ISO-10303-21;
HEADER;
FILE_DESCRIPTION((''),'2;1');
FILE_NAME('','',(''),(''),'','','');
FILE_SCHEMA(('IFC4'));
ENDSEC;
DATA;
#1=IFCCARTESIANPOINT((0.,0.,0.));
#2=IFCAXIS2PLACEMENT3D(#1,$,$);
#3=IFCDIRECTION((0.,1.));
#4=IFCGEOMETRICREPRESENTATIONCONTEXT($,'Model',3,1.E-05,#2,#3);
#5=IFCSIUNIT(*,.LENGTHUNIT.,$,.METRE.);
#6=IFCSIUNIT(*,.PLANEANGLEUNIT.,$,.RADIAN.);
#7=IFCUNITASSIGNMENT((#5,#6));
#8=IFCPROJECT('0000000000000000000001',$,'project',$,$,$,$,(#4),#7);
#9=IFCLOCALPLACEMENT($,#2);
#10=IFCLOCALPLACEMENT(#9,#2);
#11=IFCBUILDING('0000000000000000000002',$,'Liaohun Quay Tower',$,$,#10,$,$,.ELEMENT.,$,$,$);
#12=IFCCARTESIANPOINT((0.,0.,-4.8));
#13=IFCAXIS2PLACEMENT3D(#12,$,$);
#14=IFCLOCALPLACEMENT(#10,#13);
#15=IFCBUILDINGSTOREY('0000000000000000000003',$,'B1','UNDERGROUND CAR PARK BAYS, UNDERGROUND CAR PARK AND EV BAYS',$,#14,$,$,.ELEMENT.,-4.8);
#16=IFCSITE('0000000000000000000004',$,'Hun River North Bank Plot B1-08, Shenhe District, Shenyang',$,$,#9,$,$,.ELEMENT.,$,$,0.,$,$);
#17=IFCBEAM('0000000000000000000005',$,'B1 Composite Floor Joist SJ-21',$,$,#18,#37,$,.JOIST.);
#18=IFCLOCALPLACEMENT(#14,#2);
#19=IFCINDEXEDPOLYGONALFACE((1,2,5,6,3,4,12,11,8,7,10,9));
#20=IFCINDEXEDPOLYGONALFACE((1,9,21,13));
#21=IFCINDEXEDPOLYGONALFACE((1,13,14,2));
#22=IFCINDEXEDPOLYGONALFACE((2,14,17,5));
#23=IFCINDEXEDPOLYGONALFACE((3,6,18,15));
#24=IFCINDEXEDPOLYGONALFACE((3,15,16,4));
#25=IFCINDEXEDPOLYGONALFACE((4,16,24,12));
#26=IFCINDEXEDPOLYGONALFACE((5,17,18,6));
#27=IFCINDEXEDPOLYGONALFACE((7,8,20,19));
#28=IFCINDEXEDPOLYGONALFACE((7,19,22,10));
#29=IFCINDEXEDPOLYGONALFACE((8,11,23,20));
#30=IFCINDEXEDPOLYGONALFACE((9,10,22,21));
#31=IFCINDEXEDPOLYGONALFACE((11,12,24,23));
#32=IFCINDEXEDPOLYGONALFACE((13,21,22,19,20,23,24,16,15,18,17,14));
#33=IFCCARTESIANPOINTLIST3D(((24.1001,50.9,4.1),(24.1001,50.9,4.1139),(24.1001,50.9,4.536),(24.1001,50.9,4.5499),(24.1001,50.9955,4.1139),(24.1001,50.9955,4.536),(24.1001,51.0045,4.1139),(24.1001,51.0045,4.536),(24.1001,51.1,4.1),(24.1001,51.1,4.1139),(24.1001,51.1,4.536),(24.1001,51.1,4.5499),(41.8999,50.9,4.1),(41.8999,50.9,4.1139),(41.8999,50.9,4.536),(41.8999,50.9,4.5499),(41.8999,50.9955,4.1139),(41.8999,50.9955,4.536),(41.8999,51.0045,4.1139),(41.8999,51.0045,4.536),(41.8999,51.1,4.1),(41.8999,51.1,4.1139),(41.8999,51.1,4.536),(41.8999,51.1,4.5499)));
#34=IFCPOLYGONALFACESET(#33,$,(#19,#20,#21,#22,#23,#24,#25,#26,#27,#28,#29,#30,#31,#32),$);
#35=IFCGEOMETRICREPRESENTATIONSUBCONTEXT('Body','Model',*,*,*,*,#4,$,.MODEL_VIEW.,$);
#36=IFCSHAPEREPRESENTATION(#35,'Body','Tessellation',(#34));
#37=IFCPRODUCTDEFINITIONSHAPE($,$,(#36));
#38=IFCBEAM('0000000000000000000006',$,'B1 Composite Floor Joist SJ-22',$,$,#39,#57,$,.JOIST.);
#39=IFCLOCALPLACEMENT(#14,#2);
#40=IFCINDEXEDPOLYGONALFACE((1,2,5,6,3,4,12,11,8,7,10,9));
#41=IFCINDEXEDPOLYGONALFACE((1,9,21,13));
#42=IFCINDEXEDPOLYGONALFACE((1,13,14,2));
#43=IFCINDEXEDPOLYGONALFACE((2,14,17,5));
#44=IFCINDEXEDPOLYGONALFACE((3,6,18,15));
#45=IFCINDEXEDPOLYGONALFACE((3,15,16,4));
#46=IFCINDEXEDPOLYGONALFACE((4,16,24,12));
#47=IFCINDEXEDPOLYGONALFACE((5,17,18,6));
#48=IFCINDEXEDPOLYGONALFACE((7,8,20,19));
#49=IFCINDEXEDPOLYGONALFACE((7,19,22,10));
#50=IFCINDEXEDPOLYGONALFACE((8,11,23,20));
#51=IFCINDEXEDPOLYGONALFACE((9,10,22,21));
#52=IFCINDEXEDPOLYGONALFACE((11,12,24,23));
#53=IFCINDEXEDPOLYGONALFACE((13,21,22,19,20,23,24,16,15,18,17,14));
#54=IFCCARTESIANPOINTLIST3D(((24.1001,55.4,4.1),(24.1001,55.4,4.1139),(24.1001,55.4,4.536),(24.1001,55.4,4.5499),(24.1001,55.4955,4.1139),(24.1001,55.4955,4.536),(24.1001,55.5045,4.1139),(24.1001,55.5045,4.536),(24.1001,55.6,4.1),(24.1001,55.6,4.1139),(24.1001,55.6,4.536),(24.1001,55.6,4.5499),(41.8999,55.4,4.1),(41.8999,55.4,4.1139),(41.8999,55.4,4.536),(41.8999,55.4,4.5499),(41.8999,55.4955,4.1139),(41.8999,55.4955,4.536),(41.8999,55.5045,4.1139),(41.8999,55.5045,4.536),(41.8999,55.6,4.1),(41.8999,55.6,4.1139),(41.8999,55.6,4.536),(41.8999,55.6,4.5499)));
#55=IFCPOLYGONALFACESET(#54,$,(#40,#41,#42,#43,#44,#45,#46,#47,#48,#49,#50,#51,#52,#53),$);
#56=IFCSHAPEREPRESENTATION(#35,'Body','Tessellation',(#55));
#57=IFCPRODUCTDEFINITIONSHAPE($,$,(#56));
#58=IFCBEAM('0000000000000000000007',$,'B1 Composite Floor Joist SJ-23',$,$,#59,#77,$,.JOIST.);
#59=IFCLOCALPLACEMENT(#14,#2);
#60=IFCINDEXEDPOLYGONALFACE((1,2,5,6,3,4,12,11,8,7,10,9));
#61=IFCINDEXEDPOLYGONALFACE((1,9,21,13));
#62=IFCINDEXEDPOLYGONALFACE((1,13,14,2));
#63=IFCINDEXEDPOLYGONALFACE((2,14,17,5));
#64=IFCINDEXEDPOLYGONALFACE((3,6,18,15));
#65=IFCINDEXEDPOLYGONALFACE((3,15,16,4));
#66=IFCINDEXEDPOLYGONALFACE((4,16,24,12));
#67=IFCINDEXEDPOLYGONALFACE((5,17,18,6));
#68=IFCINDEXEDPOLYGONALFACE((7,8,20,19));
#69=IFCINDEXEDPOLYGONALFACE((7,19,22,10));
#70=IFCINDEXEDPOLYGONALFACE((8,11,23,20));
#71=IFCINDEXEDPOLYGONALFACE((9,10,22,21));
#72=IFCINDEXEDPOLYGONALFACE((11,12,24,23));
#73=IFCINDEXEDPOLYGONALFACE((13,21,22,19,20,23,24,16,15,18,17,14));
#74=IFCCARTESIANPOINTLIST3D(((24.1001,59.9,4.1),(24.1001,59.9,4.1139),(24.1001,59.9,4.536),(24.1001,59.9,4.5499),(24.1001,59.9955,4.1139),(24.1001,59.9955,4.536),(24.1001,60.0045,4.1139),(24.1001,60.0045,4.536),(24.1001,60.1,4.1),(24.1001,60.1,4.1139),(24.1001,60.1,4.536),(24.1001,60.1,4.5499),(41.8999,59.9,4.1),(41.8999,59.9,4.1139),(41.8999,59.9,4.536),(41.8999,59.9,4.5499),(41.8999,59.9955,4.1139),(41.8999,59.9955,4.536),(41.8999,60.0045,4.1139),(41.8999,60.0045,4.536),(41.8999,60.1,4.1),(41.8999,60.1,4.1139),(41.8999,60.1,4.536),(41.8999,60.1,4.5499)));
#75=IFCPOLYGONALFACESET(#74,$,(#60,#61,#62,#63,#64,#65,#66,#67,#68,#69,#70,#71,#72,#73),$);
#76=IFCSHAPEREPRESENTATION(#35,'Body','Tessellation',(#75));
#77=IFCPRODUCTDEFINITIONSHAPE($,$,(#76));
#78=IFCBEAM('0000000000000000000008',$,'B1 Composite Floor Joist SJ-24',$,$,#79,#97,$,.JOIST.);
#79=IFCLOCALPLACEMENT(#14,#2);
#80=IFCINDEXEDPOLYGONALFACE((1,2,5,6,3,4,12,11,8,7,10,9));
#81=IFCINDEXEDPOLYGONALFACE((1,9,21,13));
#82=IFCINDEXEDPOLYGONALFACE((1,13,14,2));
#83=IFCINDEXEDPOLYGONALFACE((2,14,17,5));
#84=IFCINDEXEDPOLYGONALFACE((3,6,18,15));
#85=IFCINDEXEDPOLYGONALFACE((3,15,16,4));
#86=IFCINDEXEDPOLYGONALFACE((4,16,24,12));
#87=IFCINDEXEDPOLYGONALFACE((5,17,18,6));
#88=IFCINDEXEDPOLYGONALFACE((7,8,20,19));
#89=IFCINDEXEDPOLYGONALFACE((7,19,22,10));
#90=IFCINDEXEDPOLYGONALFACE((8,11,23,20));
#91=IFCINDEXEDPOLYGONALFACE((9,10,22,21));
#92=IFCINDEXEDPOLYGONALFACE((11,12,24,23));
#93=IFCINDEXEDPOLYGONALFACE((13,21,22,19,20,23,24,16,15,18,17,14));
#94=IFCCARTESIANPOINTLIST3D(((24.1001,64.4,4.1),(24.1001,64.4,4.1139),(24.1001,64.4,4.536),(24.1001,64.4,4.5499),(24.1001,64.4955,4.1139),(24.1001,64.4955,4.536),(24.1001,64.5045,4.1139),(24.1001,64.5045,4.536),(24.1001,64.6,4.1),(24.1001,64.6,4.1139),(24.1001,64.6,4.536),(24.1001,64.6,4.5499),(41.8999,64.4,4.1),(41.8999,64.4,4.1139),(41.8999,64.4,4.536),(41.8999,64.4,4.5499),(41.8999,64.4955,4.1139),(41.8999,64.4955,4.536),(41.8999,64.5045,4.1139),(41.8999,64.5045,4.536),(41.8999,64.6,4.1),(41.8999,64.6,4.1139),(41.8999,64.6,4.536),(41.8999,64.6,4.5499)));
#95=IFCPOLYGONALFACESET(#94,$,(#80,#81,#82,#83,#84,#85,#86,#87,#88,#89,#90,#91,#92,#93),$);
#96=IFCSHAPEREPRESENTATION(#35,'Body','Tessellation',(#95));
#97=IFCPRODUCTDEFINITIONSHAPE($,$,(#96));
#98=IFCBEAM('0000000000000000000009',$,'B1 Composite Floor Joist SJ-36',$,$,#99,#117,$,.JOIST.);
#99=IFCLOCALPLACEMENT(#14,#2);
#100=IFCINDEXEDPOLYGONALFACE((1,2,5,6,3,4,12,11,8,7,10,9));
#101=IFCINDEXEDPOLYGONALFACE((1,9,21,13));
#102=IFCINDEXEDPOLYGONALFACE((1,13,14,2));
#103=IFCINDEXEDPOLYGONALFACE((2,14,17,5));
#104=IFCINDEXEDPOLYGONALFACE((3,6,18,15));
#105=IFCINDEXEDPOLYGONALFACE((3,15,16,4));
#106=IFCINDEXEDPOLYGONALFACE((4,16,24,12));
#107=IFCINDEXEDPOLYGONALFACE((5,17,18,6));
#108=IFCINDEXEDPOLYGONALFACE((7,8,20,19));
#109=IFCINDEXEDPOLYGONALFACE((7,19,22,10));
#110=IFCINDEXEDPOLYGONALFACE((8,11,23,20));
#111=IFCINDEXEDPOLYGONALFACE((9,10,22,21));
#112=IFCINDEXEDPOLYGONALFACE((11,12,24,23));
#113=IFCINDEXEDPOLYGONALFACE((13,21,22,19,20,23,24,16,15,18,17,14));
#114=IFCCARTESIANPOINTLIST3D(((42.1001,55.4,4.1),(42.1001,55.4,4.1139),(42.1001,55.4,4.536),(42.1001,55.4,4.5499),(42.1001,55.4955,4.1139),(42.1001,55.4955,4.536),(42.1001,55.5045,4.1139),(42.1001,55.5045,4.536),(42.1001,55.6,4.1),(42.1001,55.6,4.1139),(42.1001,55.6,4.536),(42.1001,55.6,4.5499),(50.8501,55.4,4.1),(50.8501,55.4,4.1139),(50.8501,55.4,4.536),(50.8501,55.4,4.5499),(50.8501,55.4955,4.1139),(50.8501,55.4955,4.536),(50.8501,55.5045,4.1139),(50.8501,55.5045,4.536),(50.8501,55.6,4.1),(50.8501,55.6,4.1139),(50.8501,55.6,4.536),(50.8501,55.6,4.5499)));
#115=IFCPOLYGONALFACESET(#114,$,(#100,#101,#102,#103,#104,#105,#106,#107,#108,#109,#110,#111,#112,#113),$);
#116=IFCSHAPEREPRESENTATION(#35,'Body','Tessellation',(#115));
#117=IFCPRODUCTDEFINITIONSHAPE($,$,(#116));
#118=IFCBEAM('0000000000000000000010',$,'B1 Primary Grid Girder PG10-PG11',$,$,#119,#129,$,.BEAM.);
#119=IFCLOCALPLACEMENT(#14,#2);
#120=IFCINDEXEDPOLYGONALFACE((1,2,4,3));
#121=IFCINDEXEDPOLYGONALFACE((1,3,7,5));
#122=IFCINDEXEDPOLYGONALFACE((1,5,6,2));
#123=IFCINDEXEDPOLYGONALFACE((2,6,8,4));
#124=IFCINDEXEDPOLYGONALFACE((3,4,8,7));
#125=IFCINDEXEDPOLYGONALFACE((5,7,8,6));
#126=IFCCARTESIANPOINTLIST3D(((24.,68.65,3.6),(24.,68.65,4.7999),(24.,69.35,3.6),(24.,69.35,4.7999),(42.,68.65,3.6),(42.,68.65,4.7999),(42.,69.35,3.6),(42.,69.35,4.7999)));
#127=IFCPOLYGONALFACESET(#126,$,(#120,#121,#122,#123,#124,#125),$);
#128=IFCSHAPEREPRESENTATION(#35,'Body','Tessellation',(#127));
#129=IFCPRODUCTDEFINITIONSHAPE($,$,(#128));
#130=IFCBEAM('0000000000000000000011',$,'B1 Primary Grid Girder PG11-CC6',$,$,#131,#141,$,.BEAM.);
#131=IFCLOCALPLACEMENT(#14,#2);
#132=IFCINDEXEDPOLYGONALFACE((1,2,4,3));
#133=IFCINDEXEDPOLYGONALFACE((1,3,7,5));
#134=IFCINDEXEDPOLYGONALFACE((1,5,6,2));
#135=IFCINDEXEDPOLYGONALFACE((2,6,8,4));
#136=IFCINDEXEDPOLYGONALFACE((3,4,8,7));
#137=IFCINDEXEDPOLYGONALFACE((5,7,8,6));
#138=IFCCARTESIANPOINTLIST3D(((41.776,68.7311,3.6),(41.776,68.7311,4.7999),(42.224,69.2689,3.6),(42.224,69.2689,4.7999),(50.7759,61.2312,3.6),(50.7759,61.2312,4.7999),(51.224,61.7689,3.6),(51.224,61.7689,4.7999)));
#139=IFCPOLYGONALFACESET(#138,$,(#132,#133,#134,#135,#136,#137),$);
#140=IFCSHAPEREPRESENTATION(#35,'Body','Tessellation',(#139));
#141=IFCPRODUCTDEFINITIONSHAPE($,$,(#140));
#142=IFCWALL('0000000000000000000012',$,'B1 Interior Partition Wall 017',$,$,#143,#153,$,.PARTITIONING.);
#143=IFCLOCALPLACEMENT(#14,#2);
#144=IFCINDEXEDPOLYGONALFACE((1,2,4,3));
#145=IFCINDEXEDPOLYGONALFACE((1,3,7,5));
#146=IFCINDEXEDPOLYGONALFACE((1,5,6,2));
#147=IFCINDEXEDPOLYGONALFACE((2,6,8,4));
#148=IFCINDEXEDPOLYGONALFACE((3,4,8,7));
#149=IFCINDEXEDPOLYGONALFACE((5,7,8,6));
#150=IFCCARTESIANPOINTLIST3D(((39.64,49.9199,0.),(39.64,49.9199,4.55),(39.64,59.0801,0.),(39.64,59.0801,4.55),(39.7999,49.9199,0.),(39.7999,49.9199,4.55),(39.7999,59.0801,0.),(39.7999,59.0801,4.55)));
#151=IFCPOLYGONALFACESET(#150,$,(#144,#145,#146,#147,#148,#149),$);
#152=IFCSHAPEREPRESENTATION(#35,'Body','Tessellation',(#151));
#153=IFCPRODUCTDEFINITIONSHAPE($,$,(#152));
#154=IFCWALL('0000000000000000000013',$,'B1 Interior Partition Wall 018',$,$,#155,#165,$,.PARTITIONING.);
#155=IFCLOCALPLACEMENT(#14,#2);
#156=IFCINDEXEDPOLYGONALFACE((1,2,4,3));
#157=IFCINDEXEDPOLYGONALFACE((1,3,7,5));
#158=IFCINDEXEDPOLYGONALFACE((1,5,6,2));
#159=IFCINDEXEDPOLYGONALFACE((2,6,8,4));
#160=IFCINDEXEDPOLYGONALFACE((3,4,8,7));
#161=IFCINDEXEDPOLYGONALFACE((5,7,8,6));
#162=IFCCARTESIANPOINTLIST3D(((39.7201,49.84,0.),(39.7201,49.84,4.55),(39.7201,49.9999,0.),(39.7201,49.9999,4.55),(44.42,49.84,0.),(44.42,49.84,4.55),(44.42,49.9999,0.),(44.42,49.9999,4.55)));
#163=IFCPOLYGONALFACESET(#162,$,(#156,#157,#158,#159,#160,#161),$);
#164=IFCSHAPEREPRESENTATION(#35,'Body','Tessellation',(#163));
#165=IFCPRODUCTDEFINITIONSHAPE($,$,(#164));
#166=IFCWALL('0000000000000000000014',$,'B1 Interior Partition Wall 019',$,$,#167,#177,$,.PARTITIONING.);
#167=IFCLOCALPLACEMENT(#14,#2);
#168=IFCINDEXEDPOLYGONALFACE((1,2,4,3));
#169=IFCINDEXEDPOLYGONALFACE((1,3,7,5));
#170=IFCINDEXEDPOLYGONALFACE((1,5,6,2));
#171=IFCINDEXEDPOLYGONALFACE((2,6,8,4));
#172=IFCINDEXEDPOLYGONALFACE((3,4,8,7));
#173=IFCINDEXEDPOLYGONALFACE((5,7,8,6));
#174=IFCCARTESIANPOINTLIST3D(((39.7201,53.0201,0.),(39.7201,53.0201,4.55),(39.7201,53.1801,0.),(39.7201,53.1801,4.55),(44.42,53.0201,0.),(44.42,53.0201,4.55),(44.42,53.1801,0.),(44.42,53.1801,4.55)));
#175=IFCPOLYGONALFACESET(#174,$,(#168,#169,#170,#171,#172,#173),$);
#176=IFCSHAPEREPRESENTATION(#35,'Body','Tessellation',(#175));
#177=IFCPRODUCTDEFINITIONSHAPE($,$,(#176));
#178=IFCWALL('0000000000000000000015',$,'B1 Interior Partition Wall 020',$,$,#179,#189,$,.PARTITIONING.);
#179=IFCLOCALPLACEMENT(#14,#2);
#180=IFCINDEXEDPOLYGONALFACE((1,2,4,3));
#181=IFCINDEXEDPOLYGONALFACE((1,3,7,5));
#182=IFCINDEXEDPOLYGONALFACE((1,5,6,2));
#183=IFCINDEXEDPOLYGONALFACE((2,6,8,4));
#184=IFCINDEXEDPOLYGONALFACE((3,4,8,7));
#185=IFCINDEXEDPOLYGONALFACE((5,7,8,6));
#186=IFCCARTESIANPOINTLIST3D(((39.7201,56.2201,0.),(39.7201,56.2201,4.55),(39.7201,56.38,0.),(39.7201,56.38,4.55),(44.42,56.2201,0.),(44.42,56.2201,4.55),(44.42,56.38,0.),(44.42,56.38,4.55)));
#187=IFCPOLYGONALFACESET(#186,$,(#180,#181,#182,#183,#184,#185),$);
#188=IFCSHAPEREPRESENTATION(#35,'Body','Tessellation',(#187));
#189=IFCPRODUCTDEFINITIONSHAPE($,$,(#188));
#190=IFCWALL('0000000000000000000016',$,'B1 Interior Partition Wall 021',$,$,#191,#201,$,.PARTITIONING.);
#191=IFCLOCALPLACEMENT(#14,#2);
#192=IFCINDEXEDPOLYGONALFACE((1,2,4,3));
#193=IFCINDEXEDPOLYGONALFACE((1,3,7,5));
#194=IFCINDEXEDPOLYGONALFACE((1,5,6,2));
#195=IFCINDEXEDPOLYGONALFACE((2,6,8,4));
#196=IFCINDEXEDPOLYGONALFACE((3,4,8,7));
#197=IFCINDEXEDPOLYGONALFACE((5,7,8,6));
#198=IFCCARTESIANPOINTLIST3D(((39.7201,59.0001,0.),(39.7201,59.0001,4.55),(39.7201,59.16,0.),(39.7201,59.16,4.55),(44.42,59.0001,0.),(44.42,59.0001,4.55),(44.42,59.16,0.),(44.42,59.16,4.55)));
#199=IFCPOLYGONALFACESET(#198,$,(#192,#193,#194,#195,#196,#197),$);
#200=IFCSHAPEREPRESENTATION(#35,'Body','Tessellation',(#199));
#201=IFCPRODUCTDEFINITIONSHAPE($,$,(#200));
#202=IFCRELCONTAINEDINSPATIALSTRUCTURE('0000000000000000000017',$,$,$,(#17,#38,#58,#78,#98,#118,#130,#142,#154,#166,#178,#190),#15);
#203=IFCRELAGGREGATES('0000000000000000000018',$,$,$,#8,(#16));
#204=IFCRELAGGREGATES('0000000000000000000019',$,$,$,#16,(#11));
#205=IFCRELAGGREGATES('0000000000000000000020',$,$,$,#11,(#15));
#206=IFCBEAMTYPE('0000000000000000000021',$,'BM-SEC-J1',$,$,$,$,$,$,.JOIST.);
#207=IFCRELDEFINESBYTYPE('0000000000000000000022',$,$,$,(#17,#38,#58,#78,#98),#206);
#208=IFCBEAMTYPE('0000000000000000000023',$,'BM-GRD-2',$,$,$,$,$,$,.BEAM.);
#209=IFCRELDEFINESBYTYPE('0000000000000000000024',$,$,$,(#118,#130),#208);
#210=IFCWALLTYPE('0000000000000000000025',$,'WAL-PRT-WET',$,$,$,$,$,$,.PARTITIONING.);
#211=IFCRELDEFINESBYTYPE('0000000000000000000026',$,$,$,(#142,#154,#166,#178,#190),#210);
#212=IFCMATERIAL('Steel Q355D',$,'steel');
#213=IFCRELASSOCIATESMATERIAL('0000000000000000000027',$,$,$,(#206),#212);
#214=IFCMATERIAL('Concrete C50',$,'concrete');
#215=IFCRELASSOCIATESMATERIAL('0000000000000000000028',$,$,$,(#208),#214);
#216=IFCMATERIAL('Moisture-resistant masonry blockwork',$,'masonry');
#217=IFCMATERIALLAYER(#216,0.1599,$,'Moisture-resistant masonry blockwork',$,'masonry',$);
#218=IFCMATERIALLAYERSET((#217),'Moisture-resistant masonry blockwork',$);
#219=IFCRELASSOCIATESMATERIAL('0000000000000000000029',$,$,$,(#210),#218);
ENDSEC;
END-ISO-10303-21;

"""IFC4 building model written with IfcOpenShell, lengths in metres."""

from ifc_helpers import new_model, si_unit, direction, frame, frame_2d, origin, origin_2d, place, context, subcontext, project, spatial, rectangle, i_section, extrude, source, transform, mapped, material, layer, layer_set, material_profile, profile_set, type_object, element, save


model = new_model("IFC4")

# Units and contexts
model_context = context("Model", 3, precision=1e-05, world=origin(), true_north=direction((0.0, 1.0)))
body_context = subcontext(model_context, "Body", "Model", "MODEL_VIEW")
ifc_project = project(units=[si_unit("LENGTHUNIT", "METRE"), si_unit("PLANEANGLEUNIT", "RADIAN")], contexts=[model_context])

# Site, building, storey
site_placement = place(None, origin())
site = spatial("IfcSite", under=ifc_project, at=site_placement, Name="Hun River North Bank Plot B1-08, Shenhe District, Shenyang", CompositionType="ELEMENT", RefElevation=0.0)
building_placement = place(site_placement, origin())
building = spatial("IfcBuilding", under=site, at=building_placement, Name="Liaohun Quay Tower", CompositionType="ELEMENT")
storey_placement = place(building_placement, frame((0.0, 0.0, -4.8)))
storey = spatial("IfcBuildingStorey", under=building, at=storey_placement, Name="B1", Description="UNDERGROUND CAR PARK BAYS, UNDERGROUND CAR PARK AND EV BAYS", CompositionType="ELEMENT", Elevation=-4.8)

# Beams
ifc_material_1 = material(Name="Steel Q355D", Category="steel")
ifc_material_profile_1 = material_profile(ifc_material_1, i_section(OverallWidth=0.2, OverallDepth=0.45, WebThickness=0.009, FlangeThickness=0.0139, at=origin_2d()), Name="HN450x200x9x14")
ifc_profile_set_1 = profile_set([ifc_material_profile_1], Name="Steel Q355D")
beam_type_1 = type_object("IfcBeamType", Name="BM-SEC-J1", PredefinedType="JOIST", material=ifc_profile_set_1)
shared_shape_1 = source(origin(), body_context, "Body", "SweptSolid", [
    extrude(i_section(OverallWidth=0.2, OverallDepth=0.45, WebThickness=0.009, FlangeThickness=0.0139, at=origin_2d()), origin(), (0.0, 0.0, 1.0), 17.7998),
])
for number, where, z_axis, x_axis, name in (
    (1, (24.1001, 51.0, 4.325), (1.0, 0.0, 0.0), (0.0, 1.0, 0.0), "B1 Composite Floor Joist SJ-21"),
    (2, (24.1001, 55.5, 4.325), (1.0, 0.0, 0.0), (0.0, 1.0, 0.0), "B1 Composite Floor Joist SJ-22"),
    (3, (24.1001, 60.0, 4.325), (1.0, 0.0, 0.0), (0.0, 1.0, 0.0), "B1 Composite Floor Joist SJ-23"),
    (4, (24.1001, 64.5, 4.325), (1.0, 0.0, 0.0), (0.0, 1.0, 0.0), "B1 Composite Floor Joist SJ-24"),
):
    element("IfcBeam", number, at=place(storey_placement, frame(where, z_axis=z_axis, x_axis=x_axis)), inside=storey, type_object=beam_type_1, Name=name, PredefinedType="JOIST", context=body_context, shape_type="MappedRepresentation", body=[
        mapped(shared_shape_1, transform((0.0, 0.0, 0.0), x_axis=(1.0, 0.0, 0.0), y_axis=(0.0, 1.0, 0.0), z_axis=(0.0, 0.0, 1.0), scale=1.0)),
    ])
shared_shape_2 = source(origin(), body_context, "Body", "SweptSolid", [
    extrude(i_section(OverallWidth=0.2, OverallDepth=0.45, WebThickness=0.009, FlangeThickness=0.0139, at=origin_2d()), origin(), (0.0, 0.0, 1.0), 8.75),
])
beam_1_placement = place(storey_placement, frame((42.1001, 55.5, 4.325), z_axis=(1.0, 0.0, 0.0), x_axis=(0.0, 1.0, 0.0)))
element("IfcBeam", 5, at=beam_1_placement, inside=storey, type_object=beam_type_1, Name="B1 Composite Floor Joist SJ-36", PredefinedType="JOIST", context=body_context, shape_type="MappedRepresentation", body=[
    mapped(shared_shape_2, transform((0.0, 0.0, 0.0), x_axis=(1.0, 0.0, 0.0), y_axis=(0.0, 1.0, 0.0), z_axis=(0.0, 0.0, 1.0), scale=1.0)),
])
ifc_material_2 = material(Name="Concrete C50", Category="concrete")
ifc_material_profile_2 = material_profile(ifc_material_2, rectangle(XDim=0.7, YDim=1.2, at=origin_2d()), Name="RC700x1200")
ifc_profile_set_2 = profile_set([ifc_material_profile_2], Name="Concrete C50")
beam_type_2 = type_object("IfcBeamType", Name="BM-GRD-2", PredefinedType="BEAM", material=ifc_profile_set_2)
shared_shape_3 = source(origin(), body_context, "Body", "SweptSolid", [
    extrude(rectangle(XDim=0.7, YDim=1.2, at=origin_2d()), origin(), (0.0, 0.0, 1.0), 18.0),
])
beam_2_placement = place(storey_placement, frame((24.0, 69.0, 4.2), z_axis=(1.0, 0.0, 0.0), x_axis=(0.0, 1.0, 0.0)))
element("IfcBeam", 6, at=beam_2_placement, inside=storey, type_object=beam_type_2, Name="B1 Primary Grid Girder PG10-PG11", PredefinedType="BEAM", context=body_context, shape_type="MappedRepresentation", body=[
    mapped(shared_shape_3, transform((0.0, 0.0, 0.0), x_axis=(1.0, 0.0, 0.0), y_axis=(0.0, 1.0, 0.0), z_axis=(0.0, 0.0, 1.0), scale=1.0)),
])
shared_shape_4 = source(origin(), body_context, "Body", "SweptSolid", [
    extrude(rectangle(XDim=0.7, YDim=1.2, at=origin_2d()), origin(), (0.0, 0.0, 1.0), 11.7153),
])
beam_3_placement = place(storey_placement, frame((42.0, 69.0, 4.2), z_axis=(0.768221, -0.640184, 0.0), x_axis=(0.640184, 0.768221, 0.0)))
element("IfcBeam", 7, at=beam_3_placement, inside=storey, type_object=beam_type_2, Name="B1 Primary Grid Girder PG11-CC6", PredefinedType="BEAM", context=body_context, shape_type="MappedRepresentation", body=[
    mapped(shared_shape_4, transform((0.0, 0.0, 0.0), x_axis=(1.0, 0.0, 0.0), y_axis=(0.0, 1.0, 0.0), z_axis=(0.0, 0.0, 1.0), scale=1.0)),
])

# Walls
ifc_material_3 = material(Name="Moisture-resistant masonry blockwork", Category="masonry")
ifc_layer = layer(ifc_material_3, 0.1599, Name="Moisture-resistant masonry blockwork", Category="masonry")
ifc_layer_set = layer_set([ifc_layer], Name="Moisture-resistant masonry blockwork")
wall_type = type_object("IfcWallType", Name="WAL-PRT-WET", PredefinedType="PARTITIONING", material=ifc_layer_set)
wall_placement = place(storey_placement, frame((39.72, 49.9199, 0.0), z_axis=(0.0, 0.0, 1.0), x_axis=(0.0, 1.0, 0.0)))
element("IfcWall", 8, at=wall_placement, inside=storey, type_object=wall_type, Name="B1 Interior Partition Wall 017", PredefinedType="PARTITIONING", context=body_context, shape_type="SweptSolid", body=[
    extrude(rectangle(XDim=9.1602, YDim=0.1599, at=frame_2d((4.5801, 0.0))), origin(), (0.0, 0.0, 1.0), 4.55),
])
for number, where, z_axis, x_axis, name in (
    (9, (39.72, 49.9199, 0.0), (0.0, 0.0, 1.0), (1.0, 0.0, 0.0), "B1 Interior Partition Wall 018"),
    (10, (39.72, 53.1001, 0.0), (0.0, 0.0, 1.0), (1.0, 0.0, 0.0), "B1 Interior Partition Wall 019"),
    (11, (39.72, 56.3, 0.0), (0.0, 0.0, 1.0), (1.0, 0.0, 0.0), "B1 Interior Partition Wall 020"),
    (12, (39.72, 59.0801, 0.0), (0.0, 0.0, 1.0), (1.0, 0.0, 0.0), "B1 Interior Partition Wall 021"),
):
    element("IfcWall", number, at=place(storey_placement, frame(where, z_axis=z_axis, x_axis=x_axis)), inside=storey, type_object=wall_type, Name=name, PredefinedType="PARTITIONING", context=body_context, shape_type="SweptSolid", body=[
        extrude(rectangle(XDim=4.7, YDim=0.1599, at=frame_2d((2.3501, 0.0))), origin(), (0.0, 0.0, 1.0), 4.55),
    ])

save(model, "model.ifc")
